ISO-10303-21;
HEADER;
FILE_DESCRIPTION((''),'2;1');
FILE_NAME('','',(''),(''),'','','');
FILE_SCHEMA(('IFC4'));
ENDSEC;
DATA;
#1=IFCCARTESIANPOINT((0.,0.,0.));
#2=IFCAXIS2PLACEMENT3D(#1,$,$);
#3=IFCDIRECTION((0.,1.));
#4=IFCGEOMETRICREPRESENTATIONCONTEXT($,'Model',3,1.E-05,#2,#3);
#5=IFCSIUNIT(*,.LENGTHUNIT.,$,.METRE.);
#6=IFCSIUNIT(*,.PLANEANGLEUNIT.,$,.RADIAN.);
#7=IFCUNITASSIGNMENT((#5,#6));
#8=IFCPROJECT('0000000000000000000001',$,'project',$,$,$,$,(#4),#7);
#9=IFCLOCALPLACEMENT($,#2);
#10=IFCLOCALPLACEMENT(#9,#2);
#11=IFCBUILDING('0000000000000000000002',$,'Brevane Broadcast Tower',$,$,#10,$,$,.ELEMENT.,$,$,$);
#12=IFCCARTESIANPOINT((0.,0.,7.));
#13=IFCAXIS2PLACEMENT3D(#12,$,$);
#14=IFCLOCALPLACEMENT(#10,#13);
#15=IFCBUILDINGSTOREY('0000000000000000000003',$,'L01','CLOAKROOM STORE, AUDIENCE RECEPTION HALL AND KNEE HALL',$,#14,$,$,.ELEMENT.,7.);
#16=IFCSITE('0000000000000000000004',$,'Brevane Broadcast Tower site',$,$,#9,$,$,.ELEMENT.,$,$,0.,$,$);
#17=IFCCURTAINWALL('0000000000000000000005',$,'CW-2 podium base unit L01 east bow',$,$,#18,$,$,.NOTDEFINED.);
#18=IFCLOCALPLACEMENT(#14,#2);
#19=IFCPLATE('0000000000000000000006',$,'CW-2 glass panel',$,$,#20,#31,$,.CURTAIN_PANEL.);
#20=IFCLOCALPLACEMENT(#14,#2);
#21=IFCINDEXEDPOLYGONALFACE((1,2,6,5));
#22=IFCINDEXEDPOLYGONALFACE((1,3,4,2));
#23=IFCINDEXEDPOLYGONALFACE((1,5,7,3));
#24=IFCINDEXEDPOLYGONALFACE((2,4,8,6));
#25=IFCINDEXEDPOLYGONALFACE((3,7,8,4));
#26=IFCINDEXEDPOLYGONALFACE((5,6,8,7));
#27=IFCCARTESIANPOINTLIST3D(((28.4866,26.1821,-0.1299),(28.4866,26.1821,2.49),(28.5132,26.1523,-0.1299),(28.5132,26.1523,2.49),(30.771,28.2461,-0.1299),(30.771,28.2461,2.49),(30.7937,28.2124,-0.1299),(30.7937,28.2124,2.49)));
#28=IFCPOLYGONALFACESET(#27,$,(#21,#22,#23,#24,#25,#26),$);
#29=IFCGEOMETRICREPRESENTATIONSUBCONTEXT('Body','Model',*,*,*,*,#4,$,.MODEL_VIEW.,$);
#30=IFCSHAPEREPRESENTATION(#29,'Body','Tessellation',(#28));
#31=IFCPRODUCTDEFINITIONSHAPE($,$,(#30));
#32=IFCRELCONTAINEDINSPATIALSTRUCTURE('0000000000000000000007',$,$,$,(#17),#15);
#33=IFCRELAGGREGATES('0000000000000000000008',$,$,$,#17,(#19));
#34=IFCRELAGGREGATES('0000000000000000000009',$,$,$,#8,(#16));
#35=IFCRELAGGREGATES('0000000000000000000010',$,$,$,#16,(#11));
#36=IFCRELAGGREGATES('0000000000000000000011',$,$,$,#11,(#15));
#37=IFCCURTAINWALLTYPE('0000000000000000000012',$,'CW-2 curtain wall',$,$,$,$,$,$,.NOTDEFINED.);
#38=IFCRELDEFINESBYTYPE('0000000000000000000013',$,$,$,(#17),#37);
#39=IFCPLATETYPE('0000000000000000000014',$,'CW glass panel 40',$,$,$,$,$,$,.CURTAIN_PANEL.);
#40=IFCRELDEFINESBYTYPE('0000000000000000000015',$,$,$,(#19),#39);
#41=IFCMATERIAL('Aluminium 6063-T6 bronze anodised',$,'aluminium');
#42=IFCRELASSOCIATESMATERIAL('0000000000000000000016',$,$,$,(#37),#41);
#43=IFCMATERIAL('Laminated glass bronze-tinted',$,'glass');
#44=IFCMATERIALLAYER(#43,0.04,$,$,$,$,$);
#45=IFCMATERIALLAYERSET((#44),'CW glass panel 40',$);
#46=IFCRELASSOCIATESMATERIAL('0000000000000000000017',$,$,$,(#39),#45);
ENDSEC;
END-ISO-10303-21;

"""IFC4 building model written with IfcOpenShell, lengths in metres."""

from ifc_helpers import new_model, si_unit, direction, frame, origin, place, context, subcontext, project, spatial, polyline, outline, extrude, material, layer, layer_set, type_object, element, aggregate, save


model = new_model("IFC4")

# Units and contexts
model_context = context("Model", 3, precision=1e-05, world=origin(), true_north=direction((0.0, 1.0)))
body_context = subcontext(model_context, "Body", "Model", "MODEL_VIEW")
ifc_project = project(units=[si_unit("LENGTHUNIT", "METRE"), si_unit("PLANEANGLEUNIT", "RADIAN")], contexts=[model_context])

# Site, building, storey
site_placement = place(None, origin())
site = spatial("IfcSite", under=ifc_project, at=site_placement, Name="Brevane Broadcast Tower site", CompositionType="ELEMENT", RefElevation=0.0)
building_placement = place(site_placement, origin())
building = spatial("IfcBuilding", under=site, at=building_placement, Name="Brevane Broadcast Tower", CompositionType="ELEMENT")
storey_placement = place(building_placement, frame((0.0, 0.0, 7.0)))
storey = spatial("IfcBuildingStorey", under=building, at=storey_placement, Name="L01", Description="CLOAKROOM STORE, AUDIENCE RECEPTION HALL AND KNEE HALL", CompositionType="ELEMENT", Elevation=7.0)

# Curtain wall, plate
ifc_material_1 = material(Name="Aluminium 6063-T6 bronze anodised", Category="aluminium")
curtain_wall_type = type_object("IfcCurtainWallType", Name="CW-2 curtain wall", PredefinedType="NOTDEFINED", material=ifc_material_1)
ifc_material_2 = material(Name="Laminated glass bronze-tinted", Category="glass")
ifc_layer = layer(ifc_material_2, 0.04)
ifc_layer_set = layer_set([ifc_layer], Name="CW glass panel 40")
plate_type = type_object("IfcPlateType", Name="CW glass panel 40", PredefinedType="CURTAIN_PANEL", material=ifc_layer_set)
curtain_wall_1_placement = place(storey_placement, origin())
curtain_wall_1 = element("IfcCurtainWall", 1, at=curtain_wall_1_placement, inside=storey, type_object=curtain_wall_type, Name="CW-2 podium base unit L01 east bow", PredefinedType="NOTDEFINED")
plate_1_placement = place(storey_placement, frame((0.0, 0.0, -0.1299)))
plate_1 = element("IfcPlate", 2, at=plate_1_placement, type_object=plate_type, Name="CW-2 glass panel", PredefinedType="CURTAIN_PANEL", context=body_context, shape_type="SweptSolid", body=[
    extrude(outline(polyline([(30.7937, 28.2124), (30.771, 28.2461), (28.4866, 26.1821), (28.5132, 26.1523), (30.7937, 28.2124)])), origin(), (0.0, 0.0, 1.0), 2.6199),
])
aggregate(curtain_wall_1, [plate_1])

save(model, "model.ifc")
